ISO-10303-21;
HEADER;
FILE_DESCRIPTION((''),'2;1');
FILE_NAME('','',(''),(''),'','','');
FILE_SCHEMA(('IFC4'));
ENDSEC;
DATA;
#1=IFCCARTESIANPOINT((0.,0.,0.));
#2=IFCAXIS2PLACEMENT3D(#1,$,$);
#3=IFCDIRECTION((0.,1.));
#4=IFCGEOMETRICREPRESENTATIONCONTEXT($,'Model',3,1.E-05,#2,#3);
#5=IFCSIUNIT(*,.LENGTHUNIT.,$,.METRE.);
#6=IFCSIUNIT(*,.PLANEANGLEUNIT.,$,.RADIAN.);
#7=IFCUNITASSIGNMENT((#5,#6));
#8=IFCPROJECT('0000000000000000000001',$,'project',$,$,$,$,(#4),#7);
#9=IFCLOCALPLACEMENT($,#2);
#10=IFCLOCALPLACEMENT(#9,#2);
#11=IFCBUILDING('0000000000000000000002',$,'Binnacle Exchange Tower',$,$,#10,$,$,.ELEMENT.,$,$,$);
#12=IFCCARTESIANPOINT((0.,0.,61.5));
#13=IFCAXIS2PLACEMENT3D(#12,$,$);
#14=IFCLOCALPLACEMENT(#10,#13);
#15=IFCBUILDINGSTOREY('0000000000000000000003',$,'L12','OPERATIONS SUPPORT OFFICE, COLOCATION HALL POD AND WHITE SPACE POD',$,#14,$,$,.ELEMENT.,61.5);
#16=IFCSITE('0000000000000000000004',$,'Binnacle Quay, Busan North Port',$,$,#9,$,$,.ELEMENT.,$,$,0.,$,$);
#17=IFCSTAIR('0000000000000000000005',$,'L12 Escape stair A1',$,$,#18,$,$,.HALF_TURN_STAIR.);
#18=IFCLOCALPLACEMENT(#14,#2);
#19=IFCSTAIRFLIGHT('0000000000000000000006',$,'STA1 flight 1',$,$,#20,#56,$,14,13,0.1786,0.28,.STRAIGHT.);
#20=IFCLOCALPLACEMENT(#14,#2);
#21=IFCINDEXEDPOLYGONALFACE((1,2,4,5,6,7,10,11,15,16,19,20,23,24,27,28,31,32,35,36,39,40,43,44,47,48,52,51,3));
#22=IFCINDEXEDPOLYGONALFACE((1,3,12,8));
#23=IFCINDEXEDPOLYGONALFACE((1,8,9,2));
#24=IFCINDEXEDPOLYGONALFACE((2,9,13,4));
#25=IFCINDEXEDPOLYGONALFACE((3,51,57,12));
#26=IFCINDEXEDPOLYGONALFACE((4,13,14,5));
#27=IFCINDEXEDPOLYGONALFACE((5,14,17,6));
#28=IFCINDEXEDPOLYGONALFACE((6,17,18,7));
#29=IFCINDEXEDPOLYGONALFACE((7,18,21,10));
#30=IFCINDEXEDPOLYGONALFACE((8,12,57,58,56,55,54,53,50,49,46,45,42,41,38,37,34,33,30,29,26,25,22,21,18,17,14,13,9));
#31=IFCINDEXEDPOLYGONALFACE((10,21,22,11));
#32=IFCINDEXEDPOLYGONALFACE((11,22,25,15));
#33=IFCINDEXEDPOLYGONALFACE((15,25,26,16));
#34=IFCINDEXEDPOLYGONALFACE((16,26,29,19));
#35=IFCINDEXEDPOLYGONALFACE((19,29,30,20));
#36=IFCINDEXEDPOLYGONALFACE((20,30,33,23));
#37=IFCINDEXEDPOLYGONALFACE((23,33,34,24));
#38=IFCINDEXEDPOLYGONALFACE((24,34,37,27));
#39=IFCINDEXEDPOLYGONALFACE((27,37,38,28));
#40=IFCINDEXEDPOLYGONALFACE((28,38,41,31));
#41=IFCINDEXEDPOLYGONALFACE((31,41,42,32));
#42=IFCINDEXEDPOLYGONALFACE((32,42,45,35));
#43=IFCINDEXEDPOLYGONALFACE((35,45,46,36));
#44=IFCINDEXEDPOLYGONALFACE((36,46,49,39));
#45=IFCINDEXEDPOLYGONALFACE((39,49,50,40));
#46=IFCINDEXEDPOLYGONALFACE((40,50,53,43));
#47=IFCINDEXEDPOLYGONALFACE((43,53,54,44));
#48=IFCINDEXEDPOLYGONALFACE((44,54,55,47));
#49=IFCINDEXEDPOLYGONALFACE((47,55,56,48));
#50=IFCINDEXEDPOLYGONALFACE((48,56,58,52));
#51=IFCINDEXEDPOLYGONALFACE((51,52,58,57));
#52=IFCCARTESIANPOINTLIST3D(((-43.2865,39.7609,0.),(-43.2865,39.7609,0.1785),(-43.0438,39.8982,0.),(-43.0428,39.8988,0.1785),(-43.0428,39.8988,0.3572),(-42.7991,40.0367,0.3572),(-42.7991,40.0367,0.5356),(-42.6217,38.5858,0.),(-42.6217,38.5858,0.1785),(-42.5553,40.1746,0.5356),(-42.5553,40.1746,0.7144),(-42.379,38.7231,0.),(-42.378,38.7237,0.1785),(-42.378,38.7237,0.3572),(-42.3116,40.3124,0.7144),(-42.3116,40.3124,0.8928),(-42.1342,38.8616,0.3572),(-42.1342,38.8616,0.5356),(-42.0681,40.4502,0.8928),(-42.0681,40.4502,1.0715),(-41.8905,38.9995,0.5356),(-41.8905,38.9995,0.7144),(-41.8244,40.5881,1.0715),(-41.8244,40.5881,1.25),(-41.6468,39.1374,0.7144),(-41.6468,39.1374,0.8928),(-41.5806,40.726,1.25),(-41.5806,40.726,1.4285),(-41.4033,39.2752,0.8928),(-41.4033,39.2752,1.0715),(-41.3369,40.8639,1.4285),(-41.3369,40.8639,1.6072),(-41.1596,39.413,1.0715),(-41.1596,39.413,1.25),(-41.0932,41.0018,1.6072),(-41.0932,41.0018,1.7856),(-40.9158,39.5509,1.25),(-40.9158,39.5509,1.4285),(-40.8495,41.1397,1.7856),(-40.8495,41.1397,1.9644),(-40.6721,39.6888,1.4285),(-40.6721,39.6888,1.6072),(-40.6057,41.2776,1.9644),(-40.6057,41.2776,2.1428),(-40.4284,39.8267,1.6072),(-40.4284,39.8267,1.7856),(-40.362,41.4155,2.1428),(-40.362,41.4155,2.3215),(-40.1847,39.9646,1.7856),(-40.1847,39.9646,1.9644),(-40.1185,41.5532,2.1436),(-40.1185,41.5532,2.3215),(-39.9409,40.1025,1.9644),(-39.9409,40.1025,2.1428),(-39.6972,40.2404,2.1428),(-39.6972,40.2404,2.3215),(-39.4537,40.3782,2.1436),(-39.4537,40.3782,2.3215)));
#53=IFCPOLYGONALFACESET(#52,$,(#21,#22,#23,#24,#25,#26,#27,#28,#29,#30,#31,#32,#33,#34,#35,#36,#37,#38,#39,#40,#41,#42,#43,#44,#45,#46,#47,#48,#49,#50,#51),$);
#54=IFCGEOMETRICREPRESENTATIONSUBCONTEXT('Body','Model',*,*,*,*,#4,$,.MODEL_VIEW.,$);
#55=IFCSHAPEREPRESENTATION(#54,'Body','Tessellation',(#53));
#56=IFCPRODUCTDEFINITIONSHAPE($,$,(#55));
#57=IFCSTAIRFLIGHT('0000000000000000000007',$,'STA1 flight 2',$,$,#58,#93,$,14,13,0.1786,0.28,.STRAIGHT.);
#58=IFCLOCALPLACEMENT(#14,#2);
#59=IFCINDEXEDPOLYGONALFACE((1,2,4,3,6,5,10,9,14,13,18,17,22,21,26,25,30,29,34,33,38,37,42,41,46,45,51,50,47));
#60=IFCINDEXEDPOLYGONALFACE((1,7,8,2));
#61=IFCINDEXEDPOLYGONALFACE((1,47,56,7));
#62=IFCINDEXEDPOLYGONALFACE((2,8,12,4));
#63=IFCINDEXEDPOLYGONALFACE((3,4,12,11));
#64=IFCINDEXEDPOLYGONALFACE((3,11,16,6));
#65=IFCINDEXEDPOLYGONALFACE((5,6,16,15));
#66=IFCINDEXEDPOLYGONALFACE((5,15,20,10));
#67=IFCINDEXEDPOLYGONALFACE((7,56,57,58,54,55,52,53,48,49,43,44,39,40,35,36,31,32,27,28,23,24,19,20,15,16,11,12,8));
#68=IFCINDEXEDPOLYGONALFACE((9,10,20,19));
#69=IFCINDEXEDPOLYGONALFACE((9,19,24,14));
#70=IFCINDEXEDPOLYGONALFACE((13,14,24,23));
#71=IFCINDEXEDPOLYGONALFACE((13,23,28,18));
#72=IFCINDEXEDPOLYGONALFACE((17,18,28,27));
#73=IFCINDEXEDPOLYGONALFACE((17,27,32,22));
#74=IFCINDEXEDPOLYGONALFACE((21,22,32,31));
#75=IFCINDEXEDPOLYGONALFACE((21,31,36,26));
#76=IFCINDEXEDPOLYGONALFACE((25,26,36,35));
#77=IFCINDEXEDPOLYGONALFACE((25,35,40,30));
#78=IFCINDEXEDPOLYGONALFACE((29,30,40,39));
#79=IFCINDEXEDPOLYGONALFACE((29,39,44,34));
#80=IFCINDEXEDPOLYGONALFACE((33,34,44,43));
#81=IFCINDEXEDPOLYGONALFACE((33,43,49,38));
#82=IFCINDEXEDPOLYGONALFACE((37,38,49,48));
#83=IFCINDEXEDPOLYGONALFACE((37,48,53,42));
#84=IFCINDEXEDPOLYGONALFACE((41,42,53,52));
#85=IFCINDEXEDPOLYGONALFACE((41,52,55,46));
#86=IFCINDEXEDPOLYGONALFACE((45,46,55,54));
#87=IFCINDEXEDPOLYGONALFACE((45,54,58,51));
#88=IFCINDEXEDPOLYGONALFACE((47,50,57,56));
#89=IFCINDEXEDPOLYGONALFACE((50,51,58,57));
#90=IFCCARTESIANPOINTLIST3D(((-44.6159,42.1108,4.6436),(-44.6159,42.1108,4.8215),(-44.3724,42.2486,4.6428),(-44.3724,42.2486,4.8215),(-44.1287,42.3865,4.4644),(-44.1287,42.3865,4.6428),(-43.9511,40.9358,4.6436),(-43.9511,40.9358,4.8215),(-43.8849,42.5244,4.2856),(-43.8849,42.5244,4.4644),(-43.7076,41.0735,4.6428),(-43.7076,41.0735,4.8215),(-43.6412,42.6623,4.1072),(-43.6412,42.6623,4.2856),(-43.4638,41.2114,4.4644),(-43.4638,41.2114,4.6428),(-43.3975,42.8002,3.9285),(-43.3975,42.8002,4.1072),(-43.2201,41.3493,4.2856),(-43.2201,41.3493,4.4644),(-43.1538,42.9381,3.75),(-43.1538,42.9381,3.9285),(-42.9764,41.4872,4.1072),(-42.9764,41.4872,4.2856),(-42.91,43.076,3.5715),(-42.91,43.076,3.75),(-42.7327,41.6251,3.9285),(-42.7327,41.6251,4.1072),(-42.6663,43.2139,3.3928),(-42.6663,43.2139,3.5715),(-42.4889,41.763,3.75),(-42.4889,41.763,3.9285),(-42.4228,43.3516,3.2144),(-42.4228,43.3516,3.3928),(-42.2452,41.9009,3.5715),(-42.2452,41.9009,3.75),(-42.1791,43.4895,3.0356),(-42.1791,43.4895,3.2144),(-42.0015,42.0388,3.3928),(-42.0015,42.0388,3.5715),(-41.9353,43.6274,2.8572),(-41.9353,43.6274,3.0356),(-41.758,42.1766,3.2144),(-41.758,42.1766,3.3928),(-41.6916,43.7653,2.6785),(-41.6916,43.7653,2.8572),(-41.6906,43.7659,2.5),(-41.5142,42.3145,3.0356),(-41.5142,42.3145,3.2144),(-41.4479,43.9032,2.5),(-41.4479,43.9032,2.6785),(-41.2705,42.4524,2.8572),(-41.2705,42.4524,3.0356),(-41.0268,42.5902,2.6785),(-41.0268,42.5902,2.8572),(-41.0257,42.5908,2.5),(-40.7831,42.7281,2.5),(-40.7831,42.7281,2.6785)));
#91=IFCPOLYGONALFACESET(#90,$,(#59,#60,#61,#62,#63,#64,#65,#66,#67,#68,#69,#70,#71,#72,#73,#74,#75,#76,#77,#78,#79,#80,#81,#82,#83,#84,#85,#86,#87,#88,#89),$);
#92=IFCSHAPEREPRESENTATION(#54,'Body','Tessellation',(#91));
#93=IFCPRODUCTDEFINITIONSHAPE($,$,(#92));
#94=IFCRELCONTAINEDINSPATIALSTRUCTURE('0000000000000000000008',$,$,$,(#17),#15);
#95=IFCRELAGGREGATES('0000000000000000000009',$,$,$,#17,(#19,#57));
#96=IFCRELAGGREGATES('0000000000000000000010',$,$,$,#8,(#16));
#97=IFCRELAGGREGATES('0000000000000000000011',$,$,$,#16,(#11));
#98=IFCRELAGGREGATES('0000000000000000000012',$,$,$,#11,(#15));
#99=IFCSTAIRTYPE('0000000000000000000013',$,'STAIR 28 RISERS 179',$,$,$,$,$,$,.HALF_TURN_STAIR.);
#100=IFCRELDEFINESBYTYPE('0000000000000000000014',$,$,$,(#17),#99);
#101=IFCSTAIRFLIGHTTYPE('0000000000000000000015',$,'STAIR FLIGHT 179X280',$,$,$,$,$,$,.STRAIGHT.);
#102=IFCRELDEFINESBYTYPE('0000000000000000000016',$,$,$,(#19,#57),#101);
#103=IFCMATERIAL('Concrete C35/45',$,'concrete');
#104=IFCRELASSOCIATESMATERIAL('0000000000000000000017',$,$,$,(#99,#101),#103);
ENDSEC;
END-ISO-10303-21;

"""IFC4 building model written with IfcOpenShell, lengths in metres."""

from ifc_helpers import new_model, si_unit, direction, frame, origin, place, context, subcontext, project, spatial, polyline, outline, extrude, material, type_object, element, aggregate, save


model = new_model("IFC4")

# Units and contexts
model_context = context("Model", 3, precision=1e-05, world=origin(), true_north=direction((0.0, 1.0)))
body_context = subcontext(model_context, "Body", "Model", "MODEL_VIEW")
ifc_project = project(units=[si_unit("LENGTHUNIT", "METRE"), si_unit("PLANEANGLEUNIT", "RADIAN")], contexts=[model_context])

# Site, building, storey
site_placement = place(None, origin())
site = spatial("IfcSite", under=ifc_project, at=site_placement, Name="Binnacle Quay, Busan North Port", CompositionType="ELEMENT", RefElevation=0.0)
building_placement = place(site_placement, origin())
building = spatial("IfcBuilding", under=site, at=building_placement, Name="Binnacle Exchange Tower", CompositionType="ELEMENT")
storey_placement = place(building_placement, frame((0.0, 0.0, 61.5)))
storey = spatial("IfcBuildingStorey", under=building, at=storey_placement, Name="L12", Description="OPERATIONS SUPPORT OFFICE, COLOCATION HALL POD AND WHITE SPACE POD", CompositionType="ELEMENT", Elevation=61.5)

# Stair, stair flights
ifc_material_1 = material(Name="Concrete C35/45", Category="concrete")
stair_type = type_object("IfcStairType", Name="STAIR 28 RISERS 179", PredefinedType="HALF_TURN_STAIR", material=ifc_material_1)
stair_placement = place(storey_placement, origin())
stair = element("IfcStair", 1, at=stair_placement, inside=storey, type_object=stair_type, Name="L12 Escape stair A1", PredefinedType="HALF_TURN_STAIR")
stair_flight_type = type_object("IfcStairFlightType", Name="STAIR FLIGHT 179X280", PredefinedType="STRAIGHT", material=ifc_material_1)
stair_flight_1_placement = place(storey_placement, frame((-42.9541, 39.1733, 0.0), z_axis=(0.0, 0.0, 1.0), x_axis=(0.870356, 0.492424, 0.0)))
stair_flight_1 = element("IfcStairFlight", 2, at=stair_flight_1_placement, type_object=stair_flight_type, Name="STA1 flight 1", NumberOfRisers=14, NumberOfTreads=13, PredefinedType="STRAIGHT", RiserHeight=0.1786, TreadLength=0.28, context=body_context, shape_type="SweptSolid", body=[
    extrude(outline(polyline([(0.0, 0.0), (0.0, 0.1785), (0.28, 0.1785), (0.28, 0.3572), (0.5601, 0.3572), (0.5601, 0.5356), (0.8401, 0.5356), (0.8401, 0.7144), (1.1201, 0.7144), (1.1201, 0.8928), (1.3999, 0.8928), (1.3999, 1.0715), (1.6799, 1.0715), (1.6799, 1.25), (1.96, 1.25), (1.96, 1.4285), (2.24, 1.4285), (2.24, 1.6072), (2.52, 1.6072), (2.52, 1.7856), (2.8, 1.7856), (2.8, 1.9644), (3.0801, 1.9644), (3.0801, 2.1428), (3.3601, 2.1428), (3.3601, 2.3215), (3.6399, 2.3215), (3.6399, 2.5), (3.6399, 2.1436), (0.2788, 0.0), (0.0, 0.0)])), frame((0.0, 0.675, 0.0), z_axis=(0.0, -1.0, 0.0), x_axis=(1.0, 0.0, 0.0)), (0.0, 0.0, 1.0), 1.3501),
])
stair_flight_2_placement = place(storey_placement, frame((-41.1155, 43.3157, 2.5), z_axis=(0.0, 0.0, 1.0), x_axis=(-0.870356, -0.492424, 0.0)))
stair_flight_2 = element("IfcStairFlight", 3, at=stair_flight_2_placement, type_object=stair_flight_type, Name="STA1 flight 2", NumberOfRisers=14, NumberOfTreads=13, PredefinedType="STRAIGHT", RiserHeight=0.1786, TreadLength=0.28, context=body_context, shape_type="SweptSolid", body=[
    extrude(outline(polyline([(0.0, 0.0), (0.0, 0.1785), (0.28, 0.1785), (0.28, 0.3572), (0.5601, 0.3572), (0.5601, 0.5356), (0.8401, 0.5356), (0.8401, 0.7144), (1.1201, 0.7144), (1.1201, 0.8928), (1.3999, 0.8928), (1.3999, 1.0715), (1.6799, 1.0715), (1.6799, 1.25), (1.96, 1.25), (1.96, 1.4285), (2.24, 1.4285), (2.24, 1.6072), (2.52, 1.6072), (2.52, 1.7856), (2.8, 1.7856), (2.8, 1.9644), (3.0801, 1.9644), (3.0801, 2.1428), (3.3601, 2.1428), (3.3601, 2.3215), (3.6399, 2.3215), (3.6399, 2.5), (3.6399, 2.1436), (0.2788, 0.0), (0.0, 0.0)])), frame((0.0, 0.675, 0.0), z_axis=(0.0, -1.0, 0.0), x_axis=(1.0, 0.0, 0.0)), (0.0, 0.0, 1.0), 1.3501),
])
aggregate(stair, [stair_flight_1, stair_flight_2])

save(model, "model.ifc")
